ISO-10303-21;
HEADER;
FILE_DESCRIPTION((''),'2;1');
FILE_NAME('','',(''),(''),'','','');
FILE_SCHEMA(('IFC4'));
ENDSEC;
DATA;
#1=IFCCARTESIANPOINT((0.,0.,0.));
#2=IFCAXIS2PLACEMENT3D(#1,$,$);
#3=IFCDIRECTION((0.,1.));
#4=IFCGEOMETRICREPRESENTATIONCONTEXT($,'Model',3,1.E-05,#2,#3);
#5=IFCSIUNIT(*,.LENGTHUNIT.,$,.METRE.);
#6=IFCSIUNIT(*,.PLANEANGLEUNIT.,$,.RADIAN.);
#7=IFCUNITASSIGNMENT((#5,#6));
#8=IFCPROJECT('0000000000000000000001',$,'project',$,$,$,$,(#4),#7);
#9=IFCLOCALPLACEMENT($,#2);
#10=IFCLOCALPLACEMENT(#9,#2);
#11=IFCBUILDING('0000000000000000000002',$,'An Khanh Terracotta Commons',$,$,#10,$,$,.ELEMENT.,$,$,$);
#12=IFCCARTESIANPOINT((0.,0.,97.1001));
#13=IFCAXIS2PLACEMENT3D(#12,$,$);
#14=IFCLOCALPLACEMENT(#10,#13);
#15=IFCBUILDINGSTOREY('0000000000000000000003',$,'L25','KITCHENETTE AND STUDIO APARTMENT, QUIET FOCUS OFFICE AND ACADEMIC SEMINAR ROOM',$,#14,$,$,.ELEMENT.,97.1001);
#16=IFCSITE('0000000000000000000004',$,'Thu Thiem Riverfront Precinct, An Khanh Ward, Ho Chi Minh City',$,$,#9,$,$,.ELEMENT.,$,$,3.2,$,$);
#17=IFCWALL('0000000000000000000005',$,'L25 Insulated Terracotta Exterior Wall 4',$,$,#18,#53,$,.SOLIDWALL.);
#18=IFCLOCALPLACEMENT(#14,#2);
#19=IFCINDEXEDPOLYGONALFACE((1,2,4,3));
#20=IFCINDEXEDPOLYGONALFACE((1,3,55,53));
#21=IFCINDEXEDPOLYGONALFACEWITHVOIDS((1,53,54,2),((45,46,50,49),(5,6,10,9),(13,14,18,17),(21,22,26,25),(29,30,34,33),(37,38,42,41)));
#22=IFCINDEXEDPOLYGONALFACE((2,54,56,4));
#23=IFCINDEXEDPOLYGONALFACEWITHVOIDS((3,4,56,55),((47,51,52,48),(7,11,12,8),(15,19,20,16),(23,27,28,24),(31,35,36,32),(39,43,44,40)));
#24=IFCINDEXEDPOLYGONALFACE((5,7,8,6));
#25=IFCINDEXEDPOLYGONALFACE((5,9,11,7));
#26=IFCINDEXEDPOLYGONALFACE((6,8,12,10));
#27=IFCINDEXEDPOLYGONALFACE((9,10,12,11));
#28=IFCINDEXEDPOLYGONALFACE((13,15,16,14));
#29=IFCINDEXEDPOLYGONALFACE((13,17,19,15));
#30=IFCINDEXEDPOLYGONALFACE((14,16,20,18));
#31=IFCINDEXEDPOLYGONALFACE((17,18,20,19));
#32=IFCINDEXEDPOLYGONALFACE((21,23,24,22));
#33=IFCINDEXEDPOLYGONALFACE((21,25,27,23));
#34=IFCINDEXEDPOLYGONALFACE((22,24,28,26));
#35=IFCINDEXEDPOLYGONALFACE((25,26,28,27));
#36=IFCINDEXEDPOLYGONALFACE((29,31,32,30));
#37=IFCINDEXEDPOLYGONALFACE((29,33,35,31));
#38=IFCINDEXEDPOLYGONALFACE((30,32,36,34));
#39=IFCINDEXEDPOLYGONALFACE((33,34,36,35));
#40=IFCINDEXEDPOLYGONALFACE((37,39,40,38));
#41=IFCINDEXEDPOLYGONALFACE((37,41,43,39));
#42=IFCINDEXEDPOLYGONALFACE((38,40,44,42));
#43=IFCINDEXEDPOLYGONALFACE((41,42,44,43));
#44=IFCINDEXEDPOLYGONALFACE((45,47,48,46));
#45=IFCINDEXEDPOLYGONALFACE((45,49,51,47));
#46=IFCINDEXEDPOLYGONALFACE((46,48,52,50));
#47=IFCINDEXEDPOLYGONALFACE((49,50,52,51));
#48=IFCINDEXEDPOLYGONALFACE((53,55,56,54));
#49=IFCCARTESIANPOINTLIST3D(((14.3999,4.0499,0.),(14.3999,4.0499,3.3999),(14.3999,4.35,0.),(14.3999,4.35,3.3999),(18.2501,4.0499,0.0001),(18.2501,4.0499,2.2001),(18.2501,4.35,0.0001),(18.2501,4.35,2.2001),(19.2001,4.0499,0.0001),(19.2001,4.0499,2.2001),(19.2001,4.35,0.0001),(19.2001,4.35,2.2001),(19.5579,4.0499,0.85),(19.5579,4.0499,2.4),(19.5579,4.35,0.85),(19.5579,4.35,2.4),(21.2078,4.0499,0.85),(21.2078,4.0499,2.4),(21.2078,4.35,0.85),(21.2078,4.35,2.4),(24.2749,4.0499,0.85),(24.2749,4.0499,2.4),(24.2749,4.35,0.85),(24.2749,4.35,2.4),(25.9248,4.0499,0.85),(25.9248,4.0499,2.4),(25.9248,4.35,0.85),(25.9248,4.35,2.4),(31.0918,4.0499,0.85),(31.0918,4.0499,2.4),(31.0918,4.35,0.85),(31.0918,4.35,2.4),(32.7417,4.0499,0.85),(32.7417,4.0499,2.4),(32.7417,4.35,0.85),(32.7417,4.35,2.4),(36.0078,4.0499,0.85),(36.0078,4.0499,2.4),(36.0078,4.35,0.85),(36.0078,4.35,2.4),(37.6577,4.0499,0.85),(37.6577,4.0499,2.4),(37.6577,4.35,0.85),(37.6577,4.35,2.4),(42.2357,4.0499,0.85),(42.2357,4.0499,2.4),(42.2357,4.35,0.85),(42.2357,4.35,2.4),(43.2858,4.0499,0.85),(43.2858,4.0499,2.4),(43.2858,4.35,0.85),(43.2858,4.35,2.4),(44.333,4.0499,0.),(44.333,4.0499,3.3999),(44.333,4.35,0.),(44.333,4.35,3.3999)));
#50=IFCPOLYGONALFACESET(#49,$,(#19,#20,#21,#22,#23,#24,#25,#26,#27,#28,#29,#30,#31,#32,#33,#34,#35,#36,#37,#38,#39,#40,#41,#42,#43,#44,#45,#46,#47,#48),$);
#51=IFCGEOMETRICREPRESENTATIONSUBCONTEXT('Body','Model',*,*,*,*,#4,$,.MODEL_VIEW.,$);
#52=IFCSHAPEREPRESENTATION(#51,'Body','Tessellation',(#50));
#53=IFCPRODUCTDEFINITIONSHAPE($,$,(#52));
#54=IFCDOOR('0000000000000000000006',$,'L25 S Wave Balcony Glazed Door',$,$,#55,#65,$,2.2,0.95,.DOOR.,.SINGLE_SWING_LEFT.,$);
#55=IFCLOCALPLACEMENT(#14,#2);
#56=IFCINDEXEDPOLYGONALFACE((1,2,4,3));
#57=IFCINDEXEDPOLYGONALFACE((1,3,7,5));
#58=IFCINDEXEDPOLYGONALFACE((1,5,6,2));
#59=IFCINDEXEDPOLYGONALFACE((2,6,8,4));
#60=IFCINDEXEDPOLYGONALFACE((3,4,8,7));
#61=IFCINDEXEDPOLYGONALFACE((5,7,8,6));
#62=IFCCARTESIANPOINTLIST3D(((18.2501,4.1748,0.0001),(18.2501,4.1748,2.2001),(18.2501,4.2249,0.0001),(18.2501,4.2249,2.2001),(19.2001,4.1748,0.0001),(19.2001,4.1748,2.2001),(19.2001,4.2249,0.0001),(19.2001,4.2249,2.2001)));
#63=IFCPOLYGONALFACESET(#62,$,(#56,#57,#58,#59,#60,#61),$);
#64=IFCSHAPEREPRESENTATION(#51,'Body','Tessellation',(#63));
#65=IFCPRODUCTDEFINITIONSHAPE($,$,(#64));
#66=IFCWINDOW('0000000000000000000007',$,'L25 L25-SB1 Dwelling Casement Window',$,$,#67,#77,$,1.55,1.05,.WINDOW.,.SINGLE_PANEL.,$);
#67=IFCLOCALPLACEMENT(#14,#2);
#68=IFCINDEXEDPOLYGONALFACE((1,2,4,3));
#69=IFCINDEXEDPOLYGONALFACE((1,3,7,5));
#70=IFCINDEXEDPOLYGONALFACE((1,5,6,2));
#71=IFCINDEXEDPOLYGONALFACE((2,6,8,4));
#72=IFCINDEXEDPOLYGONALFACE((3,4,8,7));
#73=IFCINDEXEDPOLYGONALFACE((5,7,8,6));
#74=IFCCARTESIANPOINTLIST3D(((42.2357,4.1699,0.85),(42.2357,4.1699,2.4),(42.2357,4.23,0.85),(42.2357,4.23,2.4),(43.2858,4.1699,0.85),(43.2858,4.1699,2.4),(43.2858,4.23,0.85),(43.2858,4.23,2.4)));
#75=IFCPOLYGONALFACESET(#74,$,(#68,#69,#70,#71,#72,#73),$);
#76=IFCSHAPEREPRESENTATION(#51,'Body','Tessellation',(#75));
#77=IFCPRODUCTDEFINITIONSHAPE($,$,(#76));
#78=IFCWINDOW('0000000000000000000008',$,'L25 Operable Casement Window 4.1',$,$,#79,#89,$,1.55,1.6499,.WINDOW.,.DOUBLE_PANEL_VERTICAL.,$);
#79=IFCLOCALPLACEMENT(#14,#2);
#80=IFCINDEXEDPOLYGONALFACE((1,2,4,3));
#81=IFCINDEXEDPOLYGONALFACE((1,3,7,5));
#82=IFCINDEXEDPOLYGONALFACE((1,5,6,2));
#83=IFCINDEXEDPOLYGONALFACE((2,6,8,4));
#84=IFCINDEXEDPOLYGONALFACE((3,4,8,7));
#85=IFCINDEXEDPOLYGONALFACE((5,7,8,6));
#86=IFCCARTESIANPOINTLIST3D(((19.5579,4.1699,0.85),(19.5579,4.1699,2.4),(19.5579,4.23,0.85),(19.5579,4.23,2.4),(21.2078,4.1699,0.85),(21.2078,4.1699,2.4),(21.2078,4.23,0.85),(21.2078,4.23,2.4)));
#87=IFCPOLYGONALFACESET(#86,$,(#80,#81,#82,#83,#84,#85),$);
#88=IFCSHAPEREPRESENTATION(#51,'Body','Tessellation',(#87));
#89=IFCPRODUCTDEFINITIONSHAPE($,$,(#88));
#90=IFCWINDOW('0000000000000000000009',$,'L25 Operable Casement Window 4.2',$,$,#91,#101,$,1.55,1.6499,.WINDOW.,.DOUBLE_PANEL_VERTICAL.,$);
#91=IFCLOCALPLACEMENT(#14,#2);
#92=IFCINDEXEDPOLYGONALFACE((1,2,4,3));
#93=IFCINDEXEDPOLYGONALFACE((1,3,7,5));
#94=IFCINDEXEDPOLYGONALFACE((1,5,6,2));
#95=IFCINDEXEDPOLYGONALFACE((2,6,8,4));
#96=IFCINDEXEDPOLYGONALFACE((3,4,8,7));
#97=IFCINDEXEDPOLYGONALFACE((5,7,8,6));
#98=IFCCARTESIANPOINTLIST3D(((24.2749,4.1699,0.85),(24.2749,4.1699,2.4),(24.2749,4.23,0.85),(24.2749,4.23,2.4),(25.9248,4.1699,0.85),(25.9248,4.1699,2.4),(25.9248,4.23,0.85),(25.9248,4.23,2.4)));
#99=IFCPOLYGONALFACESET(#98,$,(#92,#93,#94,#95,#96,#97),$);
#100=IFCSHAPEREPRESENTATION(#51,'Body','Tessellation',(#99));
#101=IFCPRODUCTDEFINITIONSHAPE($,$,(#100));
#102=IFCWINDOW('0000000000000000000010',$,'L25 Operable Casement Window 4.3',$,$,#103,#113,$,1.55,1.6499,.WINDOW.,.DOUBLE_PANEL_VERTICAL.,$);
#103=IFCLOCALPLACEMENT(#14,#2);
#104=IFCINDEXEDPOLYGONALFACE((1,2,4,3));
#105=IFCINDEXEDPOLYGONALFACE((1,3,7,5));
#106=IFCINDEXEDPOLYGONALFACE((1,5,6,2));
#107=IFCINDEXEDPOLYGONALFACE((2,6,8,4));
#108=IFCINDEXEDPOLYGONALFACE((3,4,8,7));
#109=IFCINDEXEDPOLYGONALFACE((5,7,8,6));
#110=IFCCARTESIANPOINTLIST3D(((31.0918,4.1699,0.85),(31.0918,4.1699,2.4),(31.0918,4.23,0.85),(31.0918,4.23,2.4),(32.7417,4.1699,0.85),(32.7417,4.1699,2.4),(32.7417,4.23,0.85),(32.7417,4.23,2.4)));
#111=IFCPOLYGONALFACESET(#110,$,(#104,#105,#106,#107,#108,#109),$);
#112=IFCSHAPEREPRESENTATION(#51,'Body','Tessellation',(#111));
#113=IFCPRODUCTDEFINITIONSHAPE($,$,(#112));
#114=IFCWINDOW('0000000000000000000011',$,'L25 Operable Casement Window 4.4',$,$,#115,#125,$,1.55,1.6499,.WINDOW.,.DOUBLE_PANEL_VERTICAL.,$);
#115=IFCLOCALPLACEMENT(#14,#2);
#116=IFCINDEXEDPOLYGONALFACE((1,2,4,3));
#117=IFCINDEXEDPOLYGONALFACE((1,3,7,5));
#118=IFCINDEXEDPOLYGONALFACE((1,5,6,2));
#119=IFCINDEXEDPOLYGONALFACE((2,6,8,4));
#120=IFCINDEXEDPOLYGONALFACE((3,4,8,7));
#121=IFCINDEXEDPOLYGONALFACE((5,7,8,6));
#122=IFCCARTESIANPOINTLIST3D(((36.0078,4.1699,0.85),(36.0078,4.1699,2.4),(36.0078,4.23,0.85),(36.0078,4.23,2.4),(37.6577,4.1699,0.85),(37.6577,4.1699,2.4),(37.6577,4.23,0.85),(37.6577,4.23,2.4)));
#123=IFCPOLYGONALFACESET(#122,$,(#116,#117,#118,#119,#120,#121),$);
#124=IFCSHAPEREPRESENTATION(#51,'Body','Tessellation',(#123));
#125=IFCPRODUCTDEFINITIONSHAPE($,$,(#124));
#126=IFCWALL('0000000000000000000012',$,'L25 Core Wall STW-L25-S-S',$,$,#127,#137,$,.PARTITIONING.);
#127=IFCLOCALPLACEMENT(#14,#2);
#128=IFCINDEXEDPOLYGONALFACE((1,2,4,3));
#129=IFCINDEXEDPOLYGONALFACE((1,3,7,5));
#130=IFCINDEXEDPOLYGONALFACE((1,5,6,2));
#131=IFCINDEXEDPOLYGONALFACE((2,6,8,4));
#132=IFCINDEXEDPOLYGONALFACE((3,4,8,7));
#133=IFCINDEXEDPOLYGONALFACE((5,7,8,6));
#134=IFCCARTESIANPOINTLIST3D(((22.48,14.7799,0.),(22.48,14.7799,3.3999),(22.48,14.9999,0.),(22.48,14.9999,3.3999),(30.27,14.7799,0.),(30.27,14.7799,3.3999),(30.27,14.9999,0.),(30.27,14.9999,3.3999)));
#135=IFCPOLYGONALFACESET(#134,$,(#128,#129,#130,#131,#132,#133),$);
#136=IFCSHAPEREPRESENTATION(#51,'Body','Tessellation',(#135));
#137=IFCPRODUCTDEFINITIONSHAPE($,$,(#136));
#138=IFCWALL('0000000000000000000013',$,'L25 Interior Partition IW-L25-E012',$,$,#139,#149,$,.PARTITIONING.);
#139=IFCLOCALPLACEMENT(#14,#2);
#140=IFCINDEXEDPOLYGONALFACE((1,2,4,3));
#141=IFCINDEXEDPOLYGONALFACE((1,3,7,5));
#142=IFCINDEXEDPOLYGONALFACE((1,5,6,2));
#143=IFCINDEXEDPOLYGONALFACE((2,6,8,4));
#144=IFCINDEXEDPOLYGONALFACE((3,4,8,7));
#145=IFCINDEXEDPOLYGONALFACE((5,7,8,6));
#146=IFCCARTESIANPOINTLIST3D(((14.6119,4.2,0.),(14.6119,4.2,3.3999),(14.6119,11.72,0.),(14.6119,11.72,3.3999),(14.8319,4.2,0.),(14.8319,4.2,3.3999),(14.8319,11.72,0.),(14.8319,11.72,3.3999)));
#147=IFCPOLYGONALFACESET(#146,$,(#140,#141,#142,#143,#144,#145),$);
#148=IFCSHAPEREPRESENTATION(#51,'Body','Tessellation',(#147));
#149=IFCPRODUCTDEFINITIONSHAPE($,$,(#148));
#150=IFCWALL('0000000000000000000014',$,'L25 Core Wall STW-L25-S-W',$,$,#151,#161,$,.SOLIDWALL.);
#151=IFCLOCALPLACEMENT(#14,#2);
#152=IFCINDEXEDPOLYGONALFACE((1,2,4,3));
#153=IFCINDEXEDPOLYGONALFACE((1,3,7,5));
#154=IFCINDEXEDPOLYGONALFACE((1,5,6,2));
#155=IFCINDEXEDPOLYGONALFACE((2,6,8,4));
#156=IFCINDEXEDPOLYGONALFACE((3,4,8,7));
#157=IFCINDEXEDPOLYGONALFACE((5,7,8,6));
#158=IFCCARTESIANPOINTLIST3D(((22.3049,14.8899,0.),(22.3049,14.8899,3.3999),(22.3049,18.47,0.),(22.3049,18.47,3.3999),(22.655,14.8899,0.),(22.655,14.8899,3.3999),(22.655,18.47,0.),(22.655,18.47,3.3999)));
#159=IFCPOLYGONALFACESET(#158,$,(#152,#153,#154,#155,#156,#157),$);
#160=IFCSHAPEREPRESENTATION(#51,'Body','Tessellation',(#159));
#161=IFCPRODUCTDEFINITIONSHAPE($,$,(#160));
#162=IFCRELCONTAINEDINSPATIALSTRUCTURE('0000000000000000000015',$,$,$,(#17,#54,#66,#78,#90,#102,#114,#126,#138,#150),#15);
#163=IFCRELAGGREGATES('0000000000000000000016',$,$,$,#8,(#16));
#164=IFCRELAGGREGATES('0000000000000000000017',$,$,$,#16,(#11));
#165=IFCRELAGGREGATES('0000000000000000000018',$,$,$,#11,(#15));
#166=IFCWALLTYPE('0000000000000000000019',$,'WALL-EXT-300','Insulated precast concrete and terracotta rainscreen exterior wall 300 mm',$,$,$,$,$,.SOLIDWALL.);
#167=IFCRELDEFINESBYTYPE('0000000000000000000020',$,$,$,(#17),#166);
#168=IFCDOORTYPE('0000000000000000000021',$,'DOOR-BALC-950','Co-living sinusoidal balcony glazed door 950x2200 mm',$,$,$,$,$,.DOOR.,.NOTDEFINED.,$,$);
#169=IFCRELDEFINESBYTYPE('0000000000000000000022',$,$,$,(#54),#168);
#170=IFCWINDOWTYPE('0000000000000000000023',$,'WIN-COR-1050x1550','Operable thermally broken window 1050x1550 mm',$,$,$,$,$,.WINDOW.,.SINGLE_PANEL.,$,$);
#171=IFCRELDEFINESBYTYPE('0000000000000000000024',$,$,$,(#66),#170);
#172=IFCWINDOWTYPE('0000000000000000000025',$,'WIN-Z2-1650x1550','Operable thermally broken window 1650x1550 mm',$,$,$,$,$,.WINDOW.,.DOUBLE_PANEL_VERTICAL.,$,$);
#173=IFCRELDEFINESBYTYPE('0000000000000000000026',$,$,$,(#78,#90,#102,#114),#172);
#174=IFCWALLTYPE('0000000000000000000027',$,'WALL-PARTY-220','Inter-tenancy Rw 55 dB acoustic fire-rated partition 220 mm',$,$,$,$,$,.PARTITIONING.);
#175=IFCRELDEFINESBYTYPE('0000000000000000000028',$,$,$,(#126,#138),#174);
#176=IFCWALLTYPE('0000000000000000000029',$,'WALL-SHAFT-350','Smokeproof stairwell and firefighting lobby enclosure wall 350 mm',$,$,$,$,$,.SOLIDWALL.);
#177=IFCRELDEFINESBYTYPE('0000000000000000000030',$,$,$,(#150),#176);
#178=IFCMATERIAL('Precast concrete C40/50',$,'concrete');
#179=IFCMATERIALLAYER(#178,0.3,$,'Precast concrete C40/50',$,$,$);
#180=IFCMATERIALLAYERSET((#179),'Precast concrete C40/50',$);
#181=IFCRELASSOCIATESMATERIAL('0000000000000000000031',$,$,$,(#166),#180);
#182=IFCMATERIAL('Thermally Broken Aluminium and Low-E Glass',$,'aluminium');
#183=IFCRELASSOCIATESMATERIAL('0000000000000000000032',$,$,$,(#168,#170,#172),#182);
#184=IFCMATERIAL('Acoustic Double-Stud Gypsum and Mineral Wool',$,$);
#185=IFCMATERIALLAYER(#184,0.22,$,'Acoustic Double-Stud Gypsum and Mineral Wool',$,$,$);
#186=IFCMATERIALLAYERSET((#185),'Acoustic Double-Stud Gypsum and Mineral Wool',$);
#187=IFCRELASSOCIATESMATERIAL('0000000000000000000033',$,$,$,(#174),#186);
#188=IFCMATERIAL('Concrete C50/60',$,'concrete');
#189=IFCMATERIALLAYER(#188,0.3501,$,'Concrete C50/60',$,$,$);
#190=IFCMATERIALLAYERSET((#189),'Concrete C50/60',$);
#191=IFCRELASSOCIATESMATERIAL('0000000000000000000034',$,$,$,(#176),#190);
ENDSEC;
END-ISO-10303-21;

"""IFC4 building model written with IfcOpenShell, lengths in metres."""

from ifc_helpers import new_model, si_unit, direction, frame, frame_2d, origin, place, context, subcontext, project, spatial, rectangle, extrude, material, layer, layer_set, type_object, element, fill, save


model = new_model("IFC4")

# Units and contexts
model_context = context("Model", 3, precision=1e-05, world=origin(), true_north=direction((0.0, 1.0)))
body_context = subcontext(model_context, "Body", "Model", "MODEL_VIEW")
ifc_project = project(units=[si_unit("LENGTHUNIT", "METRE"), si_unit("PLANEANGLEUNIT", "RADIAN")], contexts=[model_context])

# Site, building, storey
site_placement = place(None, origin())
site = spatial("IfcSite", under=ifc_project, at=site_placement, Name="Thu Thiem Riverfront Precinct, An Khanh Ward, Ho Chi Minh City", CompositionType="ELEMENT", RefElevation=3.2)
building_placement = place(site_placement, origin())
building = spatial("IfcBuilding", under=site, at=building_placement, Name="An Khanh Terracotta Commons", CompositionType="ELEMENT")
storey_placement = place(building_placement, frame((0.0, 0.0, 97.1001)))
storey = spatial("IfcBuildingStorey", under=building, at=storey_placement, Name="L25", Description="KITCHENETTE AND STUDIO APARTMENT, QUIET FOCUS OFFICE AND ACADEMIC SEMINAR ROOM", CompositionType="ELEMENT", Elevation=97.1001)

# Shared definitions
ifc_material_1 = material(Name="Precast concrete C40/50", Category="concrete")
ifc_layer_1 = layer(ifc_material_1, 0.3, Name="Precast concrete C40/50")
ifc_layer_set_1 = layer_set([ifc_layer_1], Name="Precast concrete C40/50")
wall_type_1 = type_object("IfcWallType", Name="WALL-EXT-300", Description="Insulated precast concrete and terracotta rainscreen exterior wall 300 mm", PredefinedType="SOLIDWALL", material=ifc_layer_set_1)

# Wall, openings, door, windows
wall_1_placement = place(storey_placement, frame((14.3999, 4.2, 0.0), z_axis=(0.0, 0.0, 1.0), x_axis=(1.0, 0.0, 0.0)))
wall_1 = element("IfcWall", 1, at=wall_1_placement, inside=storey, type_object=wall_type_1, Name="L25 Insulated Terracotta Exterior Wall 4", PredefinedType="SOLIDWALL", context=body_context, shape_type="SweptSolid", body=[
    extrude(rectangle(XDim=29.9331, YDim=0.3, at=frame_2d((14.9666, 0.0))), origin(), (0.0, 0.0, 1.0), 3.3999),
])
opening_1_placement = place(wall_1_placement, frame((3.8501, 0.0, 0.0)))
opening_1 = element("IfcOpeningElement", 2, at=opening_1_placement, cuts=wall_1, PredefinedType="OPENING", context=body_context, shape_type="SweptSolid", body=[
    extrude(rectangle(XDim=0.95, YDim=2.2, at=frame_2d((0.4751, 1.1001))), frame((0.0, 0.1599, 0.0), z_axis=(0.0, -1.0, 0.0), x_axis=(1.0, 0.0, 0.0)), (0.0, 0.0, 1.0), 0.3201),
])
opening_2_placement = place(wall_1_placement, frame((5.158, 0.0, 0.8501)))
opening_2 = element("IfcOpeningElement", 3, at=opening_2_placement, cuts=wall_1, PredefinedType="OPENING", context=body_context, shape_type="SweptSolid", body=[
    extrude(rectangle(XDim=1.6499, YDim=1.55, at=frame_2d((0.825, 0.7749))), frame((0.0, 0.1599, 0.0), z_axis=(0.0, -1.0, 0.0), x_axis=(1.0, 0.0, 0.0)), (0.0, 0.0, 1.0), 0.3201),
])
opening_3_placement = place(wall_1_placement, frame((9.875, 0.0, 0.8501)))
opening_3 = element("IfcOpeningElement", 4, at=opening_3_placement, cuts=wall_1, PredefinedType="OPENING", context=body_context, shape_type="SweptSolid", body=[
    extrude(rectangle(XDim=1.6499, YDim=1.55, at=frame_2d((0.825, 0.7749))), frame((0.0, 0.1599, 0.0), z_axis=(0.0, -1.0, 0.0), x_axis=(1.0, 0.0, 0.0)), (0.0, 0.0, 1.0), 0.3201),
])
opening_4_placement = place(wall_1_placement, frame((16.6919, 0.0, 0.8501)))
opening_4 = element("IfcOpeningElement", 5, at=opening_4_placement, cuts=wall_1, PredefinedType="OPENING", context=body_context, shape_type="SweptSolid", body=[
    extrude(rectangle(XDim=1.6499, YDim=1.55, at=frame_2d((0.825, 0.7749))), frame((0.0, 0.1599, 0.0), z_axis=(0.0, -1.0, 0.0), x_axis=(1.0, 0.0, 0.0)), (0.0, 0.0, 1.0), 0.3201),
])
opening_5_placement = place(wall_1_placement, frame((21.6079, 0.0, 0.8501)))
opening_5 = element("IfcOpeningElement", 6, at=opening_5_placement, cuts=wall_1, PredefinedType="OPENING", context=body_context, shape_type="SweptSolid", body=[
    extrude(rectangle(XDim=1.6499, YDim=1.55, at=frame_2d((0.825, 0.7749))), frame((0.0, 0.1599, 0.0), z_axis=(0.0, -1.0, 0.0), x_axis=(1.0, 0.0, 0.0)), (0.0, 0.0, 1.0), 0.3201),
])
opening_6_placement = place(wall_1_placement, frame((27.8359, 0.0, 0.8501)))
opening_6 = element("IfcOpeningElement", 7, at=opening_6_placement, cuts=wall_1, PredefinedType="OPENING", context=body_context, shape_type="SweptSolid", body=[
    extrude(rectangle(XDim=1.05, YDim=1.55, at=frame_2d((0.5249, 0.7749))), frame((0.0, 0.1599, 0.0), z_axis=(0.0, -1.0, 0.0), x_axis=(1.0, 0.0, 0.0)), (0.0, 0.0, 1.0), 0.3201),
])
ifc_material_2 = material(Name="Thermally Broken Aluminium and Low-E Glass", Category="aluminium")
door_type_1 = type_object("IfcDoorType", Name="DOOR-BALC-950", Description="Co-living sinusoidal balcony glazed door 950x2200 mm", OperationType="NOTDEFINED", PredefinedType="DOOR", material=ifc_material_2)
door_1_placement = place(opening_1_placement, origin())
door_1 = element("IfcDoor", 8, at=door_1_placement, inside=storey, type_object=door_type_1, Name="L25 S Wave Balcony Glazed Door", OperationType="SINGLE_SWING_LEFT", OverallHeight=2.2, OverallWidth=0.95, PredefinedType="DOOR", context=body_context, shape_type="SweptSolid", body=[
    extrude(rectangle(XDim=0.95, YDim=2.2, at=frame_2d((0.4751, 1.1001))), frame((0.0, 0.0249, 0.0), z_axis=(0.0, -1.0, 0.0), x_axis=(1.0, 0.0, 0.0)), (0.0, 0.0, 1.0), 0.05),
])
fill(opening_1, door_1)
window_type_1 = type_object("IfcWindowType", Name="WIN-COR-1050x1550", Description="Operable thermally broken window 1050x1550 mm", PartitioningType="SINGLE_PANEL", PredefinedType="WINDOW", material=ifc_material_2)
window_1_placement = place(opening_6_placement, origin())
window_1 = element("IfcWindow", 9, at=window_1_placement, inside=storey, type_object=window_type_1, Name="L25 L25-SB1 Dwelling Casement Window", OverallHeight=1.55, OverallWidth=1.05, PartitioningType="SINGLE_PANEL", PredefinedType="WINDOW", context=body_context, shape_type="SweptSolid", body=[
    extrude(rectangle(XDim=1.05, YDim=1.55, at=frame_2d((0.5249, 0.7749))), frame((0.0, 0.03, 0.0), z_axis=(0.0, -1.0, 0.0), x_axis=(1.0, 0.0, 0.0)), (0.0, 0.0, 1.0), 0.0601),
])
fill(opening_6, window_1)
window_type_2 = type_object("IfcWindowType", Name="WIN-Z2-1650x1550", Description="Operable thermally broken window 1650x1550 mm", PartitioningType="DOUBLE_PANEL_VERTICAL", PredefinedType="WINDOW", material=ifc_material_2)
window_2_placement = place(opening_2_placement, origin())
window_2 = element("IfcWindow", 10, at=window_2_placement, inside=storey, type_object=window_type_2, Name="L25 Operable Casement Window 4.1", OverallHeight=1.55, OverallWidth=1.6499, PartitioningType="DOUBLE_PANEL_VERTICAL", PredefinedType="WINDOW", context=body_context, shape_type="SweptSolid", body=[
    extrude(rectangle(XDim=1.6499, YDim=1.55, at=frame_2d((0.825, 0.7749))), frame((0.0, 0.03, 0.0), z_axis=(0.0, -1.0, 0.0), x_axis=(1.0, 0.0, 0.0)), (0.0, 0.0, 1.0), 0.0601),
])
fill(opening_2, window_2)
window_3_placement = place(opening_3_placement, origin())
window_3 = element("IfcWindow", 11, at=window_3_placement, inside=storey, type_object=window_type_2, Name="L25 Operable Casement Window 4.2", OverallHeight=1.55, OverallWidth=1.6499, PartitioningType="DOUBLE_PANEL_VERTICAL", PredefinedType="WINDOW", context=body_context, shape_type="SweptSolid", body=[
    extrude(rectangle(XDim=1.6499, YDim=1.55, at=frame_2d((0.825, 0.7749))), frame((0.0, 0.03, 0.0), z_axis=(0.0, -1.0, 0.0), x_axis=(1.0, 0.0, 0.0)), (0.0, 0.0, 1.0), 0.0601),
])
fill(opening_3, window_3)
window_4_placement = place(opening_4_placement, origin())
window_4 = element("IfcWindow", 12, at=window_4_placement, inside=storey, type_object=window_type_2, Name="L25 Operable Casement Window 4.3", OverallHeight=1.55, OverallWidth=1.6499, PartitioningType="DOUBLE_PANEL_VERTICAL", PredefinedType="WINDOW", context=body_context, shape_type="SweptSolid", body=[
    extrude(rectangle(XDim=1.6499, YDim=1.55, at=frame_2d((0.825, 0.7749))), frame((0.0, 0.03, 0.0), z_axis=(0.0, -1.0, 0.0), x_axis=(1.0, 0.0, 0.0)), (0.0, 0.0, 1.0), 0.0601),
])
fill(opening_4, window_4)
window_5_placement = place(opening_5_placement, origin())
window_5 = element("IfcWindow", 13, at=window_5_placement, inside=storey, type_object=window_type_2, Name="L25 Operable Casement Window 4.4", OverallHeight=1.55, OverallWidth=1.6499, PartitioningType="DOUBLE_PANEL_VERTICAL", PredefinedType="WINDOW", context=body_context, shape_type="SweptSolid", body=[
    extrude(rectangle(XDim=1.6499, YDim=1.55, at=frame_2d((0.825, 0.7749))), frame((0.0, 0.03, 0.0), z_axis=(0.0, -1.0, 0.0), x_axis=(1.0, 0.0, 0.0)), (0.0, 0.0, 1.0), 0.0601),
])
fill(opening_5, window_5)

# Walls
ifc_material_3 = material(Name="Acoustic Double-Stud Gypsum and Mineral Wool")
ifc_layer_2 = layer(ifc_material_3, 0.22, Name="Acoustic Double-Stud Gypsum and Mineral Wool")
ifc_layer_set_2 = layer_set([ifc_layer_2], Name="Acoustic Double-Stud Gypsum and Mineral Wool")
wall_type_2 = type_object("IfcWallType", Name="WALL-PARTY-220", Description="Inter-tenancy Rw 55 dB acoustic fire-rated partition 220 mm", PredefinedType="PARTITIONING", material=ifc_layer_set_2)
wall_2_placement = place(storey_placement, frame((22.48, 14.8899, 0.0), z_axis=(0.0, 0.0, 1.0), x_axis=(1.0, 0.0, 0.0)))
element("IfcWall", 14, at=wall_2_placement, inside=storey, type_object=wall_type_2, Name="L25 Core Wall STW-L25-S-S", PredefinedType="PARTITIONING", context=body_context, shape_type="SweptSolid", body=[
    extrude(rectangle(XDim=7.79, YDim=0.22, at=frame_2d((3.895, 0.0))), origin(), (0.0, 0.0, 1.0), 3.3999),
])
wall_3_placement = place(storey_placement, frame((14.7219, 4.2, 0.0), z_axis=(0.0, 0.0, 1.0), x_axis=(0.0, 1.0, 0.0)))
element("IfcWall", 15, at=wall_3_placement, inside=storey, type_object=wall_type_2, Name="L25 Interior Partition IW-L25-E012", PredefinedType="PARTITIONING", context=body_context, shape_type="SweptSolid", body=[
    extrude(rectangle(XDim=7.52, YDim=0.22, at=frame_2d((3.76, 0.0))), origin(), (0.0, 0.0, 1.0), 3.3999),
])
ifc_material_4 = material(Name="Concrete C50/60", Category="concrete")
ifc_layer_3 = layer(ifc_material_4, 0.3501, Name="Concrete C50/60")
ifc_layer_set_3 = layer_set([ifc_layer_3], Name="Concrete C50/60")
wall_type_3 = type_object("IfcWallType", Name="WALL-SHAFT-350", Description="Smokeproof stairwell and firefighting lobby enclosure wall 350 mm", PredefinedType="SOLIDWALL", material=ifc_layer_set_3)
wall_4_placement = place(storey_placement, frame((22.48, 14.8899, 0.0), z_axis=(0.0, 0.0, 1.0), x_axis=(0.0, 1.0, 0.0)))
element("IfcWall", 16, at=wall_4_placement, inside=storey, type_object=wall_type_3, Name="L25 Core Wall STW-L25-S-W", PredefinedType="SOLIDWALL", context=body_context, shape_type="SweptSolid", body=[
    extrude(rectangle(XDim=3.5801, YDim=0.3501, at=frame_2d((1.79, 0.0))), origin(), (0.0, 0.0, 1.0), 3.3999),
])

save(model, "model.ifc")
